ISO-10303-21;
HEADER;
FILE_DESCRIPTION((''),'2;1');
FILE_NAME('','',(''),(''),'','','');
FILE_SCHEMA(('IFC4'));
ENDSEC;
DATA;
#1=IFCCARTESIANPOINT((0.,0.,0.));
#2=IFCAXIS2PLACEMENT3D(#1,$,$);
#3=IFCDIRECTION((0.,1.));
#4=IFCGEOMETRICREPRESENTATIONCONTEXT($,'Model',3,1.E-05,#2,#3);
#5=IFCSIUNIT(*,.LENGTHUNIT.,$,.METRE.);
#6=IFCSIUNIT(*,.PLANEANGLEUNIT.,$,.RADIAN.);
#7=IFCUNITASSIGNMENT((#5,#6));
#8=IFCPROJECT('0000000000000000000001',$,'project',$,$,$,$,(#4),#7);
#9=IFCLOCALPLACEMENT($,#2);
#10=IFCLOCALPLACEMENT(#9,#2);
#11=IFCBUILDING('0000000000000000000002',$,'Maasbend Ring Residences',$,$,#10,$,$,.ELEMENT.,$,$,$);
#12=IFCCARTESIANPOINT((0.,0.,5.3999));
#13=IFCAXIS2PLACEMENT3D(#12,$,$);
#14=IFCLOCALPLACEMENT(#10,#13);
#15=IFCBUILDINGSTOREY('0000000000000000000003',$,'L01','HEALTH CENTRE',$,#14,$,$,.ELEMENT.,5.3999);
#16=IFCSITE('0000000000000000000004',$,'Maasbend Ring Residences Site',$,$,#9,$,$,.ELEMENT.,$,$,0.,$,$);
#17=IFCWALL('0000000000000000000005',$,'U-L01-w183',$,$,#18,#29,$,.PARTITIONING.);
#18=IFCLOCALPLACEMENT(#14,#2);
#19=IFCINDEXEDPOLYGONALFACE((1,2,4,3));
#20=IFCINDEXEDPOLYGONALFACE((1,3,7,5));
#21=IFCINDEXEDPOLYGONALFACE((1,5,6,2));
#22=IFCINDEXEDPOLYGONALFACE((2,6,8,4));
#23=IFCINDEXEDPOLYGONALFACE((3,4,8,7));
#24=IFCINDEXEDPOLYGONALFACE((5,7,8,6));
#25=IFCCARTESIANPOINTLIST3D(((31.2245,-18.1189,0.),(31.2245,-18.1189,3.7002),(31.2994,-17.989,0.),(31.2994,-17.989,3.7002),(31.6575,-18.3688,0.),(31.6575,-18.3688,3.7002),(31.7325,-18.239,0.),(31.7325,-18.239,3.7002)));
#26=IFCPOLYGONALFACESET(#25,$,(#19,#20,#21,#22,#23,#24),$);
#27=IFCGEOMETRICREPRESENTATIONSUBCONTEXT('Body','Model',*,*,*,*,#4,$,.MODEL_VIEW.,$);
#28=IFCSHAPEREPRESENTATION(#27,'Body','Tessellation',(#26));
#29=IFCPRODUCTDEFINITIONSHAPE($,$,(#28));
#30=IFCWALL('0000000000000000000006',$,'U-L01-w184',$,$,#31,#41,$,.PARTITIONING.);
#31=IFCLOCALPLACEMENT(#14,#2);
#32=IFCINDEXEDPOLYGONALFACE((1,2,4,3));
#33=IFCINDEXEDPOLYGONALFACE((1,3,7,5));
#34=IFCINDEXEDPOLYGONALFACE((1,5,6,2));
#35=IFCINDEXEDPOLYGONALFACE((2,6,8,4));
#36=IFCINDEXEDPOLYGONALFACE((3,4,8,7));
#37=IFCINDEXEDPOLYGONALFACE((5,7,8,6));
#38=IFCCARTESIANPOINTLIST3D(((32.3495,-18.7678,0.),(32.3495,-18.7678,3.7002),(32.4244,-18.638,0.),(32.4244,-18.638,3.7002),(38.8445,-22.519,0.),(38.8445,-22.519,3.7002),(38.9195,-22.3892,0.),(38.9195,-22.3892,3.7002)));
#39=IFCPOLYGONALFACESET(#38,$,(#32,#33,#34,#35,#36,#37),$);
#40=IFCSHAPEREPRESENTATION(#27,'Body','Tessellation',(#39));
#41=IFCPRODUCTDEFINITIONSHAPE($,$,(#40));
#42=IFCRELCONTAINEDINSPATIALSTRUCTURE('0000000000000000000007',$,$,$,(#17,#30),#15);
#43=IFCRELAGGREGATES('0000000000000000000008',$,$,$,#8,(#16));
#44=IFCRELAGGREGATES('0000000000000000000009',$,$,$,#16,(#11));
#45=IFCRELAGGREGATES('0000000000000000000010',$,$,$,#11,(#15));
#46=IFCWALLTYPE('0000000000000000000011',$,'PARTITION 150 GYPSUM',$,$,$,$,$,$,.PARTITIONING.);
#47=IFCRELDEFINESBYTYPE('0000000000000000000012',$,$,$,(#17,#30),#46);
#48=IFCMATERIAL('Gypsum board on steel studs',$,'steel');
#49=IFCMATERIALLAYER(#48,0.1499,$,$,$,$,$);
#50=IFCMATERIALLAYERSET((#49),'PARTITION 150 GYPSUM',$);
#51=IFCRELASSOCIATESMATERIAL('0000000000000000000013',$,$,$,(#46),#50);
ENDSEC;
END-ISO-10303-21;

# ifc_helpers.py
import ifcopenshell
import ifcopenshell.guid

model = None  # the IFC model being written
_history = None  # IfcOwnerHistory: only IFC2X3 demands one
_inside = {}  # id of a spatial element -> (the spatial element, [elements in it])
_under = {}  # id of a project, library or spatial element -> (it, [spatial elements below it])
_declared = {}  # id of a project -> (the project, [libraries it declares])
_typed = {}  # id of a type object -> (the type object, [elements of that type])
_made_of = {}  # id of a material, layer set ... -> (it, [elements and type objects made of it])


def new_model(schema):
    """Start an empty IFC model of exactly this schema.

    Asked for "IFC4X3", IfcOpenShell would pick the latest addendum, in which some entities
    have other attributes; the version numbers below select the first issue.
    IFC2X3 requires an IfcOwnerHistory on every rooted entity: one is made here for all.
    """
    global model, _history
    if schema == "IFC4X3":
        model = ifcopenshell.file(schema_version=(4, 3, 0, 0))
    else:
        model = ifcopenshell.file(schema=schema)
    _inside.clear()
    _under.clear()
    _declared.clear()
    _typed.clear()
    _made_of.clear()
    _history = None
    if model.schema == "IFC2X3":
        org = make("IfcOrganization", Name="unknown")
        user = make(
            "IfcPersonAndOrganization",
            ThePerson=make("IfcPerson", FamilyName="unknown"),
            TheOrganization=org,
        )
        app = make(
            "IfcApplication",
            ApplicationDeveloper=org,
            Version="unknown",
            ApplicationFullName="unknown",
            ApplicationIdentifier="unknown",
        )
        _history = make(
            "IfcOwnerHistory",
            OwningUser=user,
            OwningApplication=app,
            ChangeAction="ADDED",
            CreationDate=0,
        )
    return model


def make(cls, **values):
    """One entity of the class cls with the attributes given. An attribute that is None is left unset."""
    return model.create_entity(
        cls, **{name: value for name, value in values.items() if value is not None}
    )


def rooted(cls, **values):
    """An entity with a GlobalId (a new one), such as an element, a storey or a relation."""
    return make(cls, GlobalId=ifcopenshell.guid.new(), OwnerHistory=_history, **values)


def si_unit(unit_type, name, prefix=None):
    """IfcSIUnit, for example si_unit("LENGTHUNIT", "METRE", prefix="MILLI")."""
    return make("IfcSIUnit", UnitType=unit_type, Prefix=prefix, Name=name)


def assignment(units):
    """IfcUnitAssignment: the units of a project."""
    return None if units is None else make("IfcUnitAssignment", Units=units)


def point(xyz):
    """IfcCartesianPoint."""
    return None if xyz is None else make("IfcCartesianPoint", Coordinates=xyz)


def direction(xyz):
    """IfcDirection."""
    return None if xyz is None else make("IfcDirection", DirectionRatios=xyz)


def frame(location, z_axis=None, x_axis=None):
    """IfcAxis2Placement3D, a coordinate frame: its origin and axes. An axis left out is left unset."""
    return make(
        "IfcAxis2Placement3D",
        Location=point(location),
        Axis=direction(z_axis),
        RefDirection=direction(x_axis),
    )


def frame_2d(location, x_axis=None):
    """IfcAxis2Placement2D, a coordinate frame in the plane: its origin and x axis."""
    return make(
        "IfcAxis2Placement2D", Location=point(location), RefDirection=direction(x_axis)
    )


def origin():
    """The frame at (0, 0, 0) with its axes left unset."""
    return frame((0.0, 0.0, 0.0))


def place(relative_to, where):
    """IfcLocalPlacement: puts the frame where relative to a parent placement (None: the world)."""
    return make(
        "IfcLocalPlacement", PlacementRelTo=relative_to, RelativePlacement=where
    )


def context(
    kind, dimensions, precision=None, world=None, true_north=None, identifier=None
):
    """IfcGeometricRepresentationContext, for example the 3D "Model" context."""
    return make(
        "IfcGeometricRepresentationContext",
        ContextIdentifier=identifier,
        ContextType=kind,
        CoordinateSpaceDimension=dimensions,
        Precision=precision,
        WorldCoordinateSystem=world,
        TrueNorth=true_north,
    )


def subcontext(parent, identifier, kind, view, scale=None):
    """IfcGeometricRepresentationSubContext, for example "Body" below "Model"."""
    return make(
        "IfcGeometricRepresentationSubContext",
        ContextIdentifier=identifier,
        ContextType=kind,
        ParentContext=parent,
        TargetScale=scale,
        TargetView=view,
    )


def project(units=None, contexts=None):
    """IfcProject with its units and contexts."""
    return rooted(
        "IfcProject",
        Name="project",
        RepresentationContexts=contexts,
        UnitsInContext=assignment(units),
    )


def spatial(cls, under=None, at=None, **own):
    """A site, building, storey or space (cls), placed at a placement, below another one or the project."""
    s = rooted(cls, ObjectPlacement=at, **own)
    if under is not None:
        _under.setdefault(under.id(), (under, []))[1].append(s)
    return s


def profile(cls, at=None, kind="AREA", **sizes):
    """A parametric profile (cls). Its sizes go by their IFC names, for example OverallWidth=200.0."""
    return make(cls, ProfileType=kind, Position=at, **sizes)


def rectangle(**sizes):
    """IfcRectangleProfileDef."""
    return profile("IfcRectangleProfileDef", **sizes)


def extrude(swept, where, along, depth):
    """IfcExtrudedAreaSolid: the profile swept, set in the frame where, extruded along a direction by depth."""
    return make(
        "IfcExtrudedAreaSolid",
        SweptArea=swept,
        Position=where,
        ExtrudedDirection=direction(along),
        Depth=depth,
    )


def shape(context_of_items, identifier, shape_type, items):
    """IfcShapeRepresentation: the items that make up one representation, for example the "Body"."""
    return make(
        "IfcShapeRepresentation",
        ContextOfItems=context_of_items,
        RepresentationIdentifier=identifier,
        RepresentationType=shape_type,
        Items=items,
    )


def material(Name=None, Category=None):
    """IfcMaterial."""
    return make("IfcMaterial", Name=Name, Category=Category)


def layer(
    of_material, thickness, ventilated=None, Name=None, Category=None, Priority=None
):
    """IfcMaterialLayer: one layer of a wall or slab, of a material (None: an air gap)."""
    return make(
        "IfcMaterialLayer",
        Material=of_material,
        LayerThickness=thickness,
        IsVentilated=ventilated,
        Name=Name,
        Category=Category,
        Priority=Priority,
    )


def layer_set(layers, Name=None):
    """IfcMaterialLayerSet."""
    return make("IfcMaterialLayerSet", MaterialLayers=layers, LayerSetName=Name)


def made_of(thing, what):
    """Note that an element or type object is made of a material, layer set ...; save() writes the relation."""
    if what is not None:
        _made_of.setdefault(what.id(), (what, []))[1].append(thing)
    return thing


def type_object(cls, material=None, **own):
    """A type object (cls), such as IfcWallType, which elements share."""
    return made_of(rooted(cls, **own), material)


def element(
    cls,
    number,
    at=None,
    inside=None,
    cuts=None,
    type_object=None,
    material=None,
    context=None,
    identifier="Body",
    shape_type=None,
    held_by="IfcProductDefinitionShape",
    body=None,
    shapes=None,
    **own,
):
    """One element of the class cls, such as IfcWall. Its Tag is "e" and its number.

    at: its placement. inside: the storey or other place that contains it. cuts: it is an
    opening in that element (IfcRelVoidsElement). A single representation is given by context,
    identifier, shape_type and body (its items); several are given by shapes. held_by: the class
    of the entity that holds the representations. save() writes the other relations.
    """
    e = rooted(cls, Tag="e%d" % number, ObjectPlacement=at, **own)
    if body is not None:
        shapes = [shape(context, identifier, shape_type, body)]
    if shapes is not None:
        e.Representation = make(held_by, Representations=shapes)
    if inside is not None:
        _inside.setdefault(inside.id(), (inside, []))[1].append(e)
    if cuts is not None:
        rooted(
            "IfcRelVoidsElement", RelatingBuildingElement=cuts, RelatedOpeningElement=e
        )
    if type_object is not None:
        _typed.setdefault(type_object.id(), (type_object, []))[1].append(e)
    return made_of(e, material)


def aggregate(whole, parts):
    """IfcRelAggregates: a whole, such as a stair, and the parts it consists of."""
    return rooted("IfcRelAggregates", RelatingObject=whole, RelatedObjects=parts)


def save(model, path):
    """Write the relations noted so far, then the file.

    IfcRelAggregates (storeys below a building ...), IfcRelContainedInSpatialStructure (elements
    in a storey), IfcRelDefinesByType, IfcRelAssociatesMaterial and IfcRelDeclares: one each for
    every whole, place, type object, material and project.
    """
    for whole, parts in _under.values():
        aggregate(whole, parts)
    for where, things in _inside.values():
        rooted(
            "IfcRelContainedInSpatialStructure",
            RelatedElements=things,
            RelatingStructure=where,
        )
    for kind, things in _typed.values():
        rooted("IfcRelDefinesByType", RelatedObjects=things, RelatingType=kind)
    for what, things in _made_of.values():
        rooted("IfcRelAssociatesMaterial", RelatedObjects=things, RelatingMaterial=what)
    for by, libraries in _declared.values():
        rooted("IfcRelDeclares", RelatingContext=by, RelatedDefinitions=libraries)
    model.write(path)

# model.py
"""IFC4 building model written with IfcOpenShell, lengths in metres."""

from ifc_helpers import new_model, si_unit, direction, frame, frame_2d, origin, place, context, subcontext, project, spatial, rectangle, extrude, material, layer, layer_set, type_object, element, save


model = new_model("IFC4")

# Units and contexts
model_context = context("Model", 3, precision=1e-05, world=origin(), true_north=direction((0.0, 1.0)))
body_context = subcontext(model_context, "Body", "Model", "MODEL_VIEW")
ifc_project = project(units=[si_unit("LENGTHUNIT", "METRE"), si_unit("PLANEANGLEUNIT", "RADIAN")], contexts=[model_context])

# Site, building, storey
site_placement = place(None, origin())
site = spatial("IfcSite", under=ifc_project, at=site_placement, Name="Maasbend Ring Residences Site", CompositionType="ELEMENT", RefElevation=0.0)
building_placement = place(site_placement, origin())
building = spatial("IfcBuilding", under=site, at=building_placement, Name="Maasbend Ring Residences", CompositionType="ELEMENT")
storey_placement = place(building_placement, frame((0.0, 0.0, 5.3999)))
storey = spatial("IfcBuildingStorey", under=building, at=storey_placement, Name="L01", Description="HEALTH CENTRE", CompositionType="ELEMENT", Elevation=5.3999)

# Walls
ifc_material_1 = material(Name="Gypsum board on steel studs", Category="steel")
ifc_layer_1 = layer(ifc_material_1, 0.1499)
ifc_layer_set_1 = layer_set([ifc_layer_1], Name="PARTITION 150 GYPSUM")
wall_type_1 = type_object("IfcWallType", Name="PARTITION 150 GYPSUM", PredefinedType="PARTITIONING", material=ifc_layer_set_1)
wall_1_placement = place(storey_placement, frame((31.262, -18.054, 0.0), z_axis=(0.0, 0.0, 1.0), x_axis=(0.866072, -0.49992, 0.0)))
element("IfcWall", 1, at=wall_1_placement, inside=storey, type_object=wall_type_1, Name="U-L01-w183", PredefinedType="PARTITIONING", context=body_context, shape_type="SweptSolid", body=[
    extrude(rectangle(XDim=0.5, YDim=0.1499, at=frame_2d((0.25, 0.0))), origin(), (0.0, 0.0, 1.0), 3.7002),
])
wall_2_placement = place(storey_placement, frame((32.387, -18.7029, 0.0), z_axis=(0.0, 0.0, 1.0), x_axis=(0.865952, -0.500126, 0.0)))
element("IfcWall", 2, at=wall_2_placement, inside=storey, type_object=wall_type_1, Name="U-L01-w184", PredefinedType="PARTITIONING", context=body_context, shape_type="SweptSolid", body=[
    extrude(rectangle(XDim=7.5005, YDim=0.1499, at=frame_2d((3.7502, 0.0))), origin(), (0.0, 0.0, 1.0), 3.7002),
])

save(model, "model.ifc")
